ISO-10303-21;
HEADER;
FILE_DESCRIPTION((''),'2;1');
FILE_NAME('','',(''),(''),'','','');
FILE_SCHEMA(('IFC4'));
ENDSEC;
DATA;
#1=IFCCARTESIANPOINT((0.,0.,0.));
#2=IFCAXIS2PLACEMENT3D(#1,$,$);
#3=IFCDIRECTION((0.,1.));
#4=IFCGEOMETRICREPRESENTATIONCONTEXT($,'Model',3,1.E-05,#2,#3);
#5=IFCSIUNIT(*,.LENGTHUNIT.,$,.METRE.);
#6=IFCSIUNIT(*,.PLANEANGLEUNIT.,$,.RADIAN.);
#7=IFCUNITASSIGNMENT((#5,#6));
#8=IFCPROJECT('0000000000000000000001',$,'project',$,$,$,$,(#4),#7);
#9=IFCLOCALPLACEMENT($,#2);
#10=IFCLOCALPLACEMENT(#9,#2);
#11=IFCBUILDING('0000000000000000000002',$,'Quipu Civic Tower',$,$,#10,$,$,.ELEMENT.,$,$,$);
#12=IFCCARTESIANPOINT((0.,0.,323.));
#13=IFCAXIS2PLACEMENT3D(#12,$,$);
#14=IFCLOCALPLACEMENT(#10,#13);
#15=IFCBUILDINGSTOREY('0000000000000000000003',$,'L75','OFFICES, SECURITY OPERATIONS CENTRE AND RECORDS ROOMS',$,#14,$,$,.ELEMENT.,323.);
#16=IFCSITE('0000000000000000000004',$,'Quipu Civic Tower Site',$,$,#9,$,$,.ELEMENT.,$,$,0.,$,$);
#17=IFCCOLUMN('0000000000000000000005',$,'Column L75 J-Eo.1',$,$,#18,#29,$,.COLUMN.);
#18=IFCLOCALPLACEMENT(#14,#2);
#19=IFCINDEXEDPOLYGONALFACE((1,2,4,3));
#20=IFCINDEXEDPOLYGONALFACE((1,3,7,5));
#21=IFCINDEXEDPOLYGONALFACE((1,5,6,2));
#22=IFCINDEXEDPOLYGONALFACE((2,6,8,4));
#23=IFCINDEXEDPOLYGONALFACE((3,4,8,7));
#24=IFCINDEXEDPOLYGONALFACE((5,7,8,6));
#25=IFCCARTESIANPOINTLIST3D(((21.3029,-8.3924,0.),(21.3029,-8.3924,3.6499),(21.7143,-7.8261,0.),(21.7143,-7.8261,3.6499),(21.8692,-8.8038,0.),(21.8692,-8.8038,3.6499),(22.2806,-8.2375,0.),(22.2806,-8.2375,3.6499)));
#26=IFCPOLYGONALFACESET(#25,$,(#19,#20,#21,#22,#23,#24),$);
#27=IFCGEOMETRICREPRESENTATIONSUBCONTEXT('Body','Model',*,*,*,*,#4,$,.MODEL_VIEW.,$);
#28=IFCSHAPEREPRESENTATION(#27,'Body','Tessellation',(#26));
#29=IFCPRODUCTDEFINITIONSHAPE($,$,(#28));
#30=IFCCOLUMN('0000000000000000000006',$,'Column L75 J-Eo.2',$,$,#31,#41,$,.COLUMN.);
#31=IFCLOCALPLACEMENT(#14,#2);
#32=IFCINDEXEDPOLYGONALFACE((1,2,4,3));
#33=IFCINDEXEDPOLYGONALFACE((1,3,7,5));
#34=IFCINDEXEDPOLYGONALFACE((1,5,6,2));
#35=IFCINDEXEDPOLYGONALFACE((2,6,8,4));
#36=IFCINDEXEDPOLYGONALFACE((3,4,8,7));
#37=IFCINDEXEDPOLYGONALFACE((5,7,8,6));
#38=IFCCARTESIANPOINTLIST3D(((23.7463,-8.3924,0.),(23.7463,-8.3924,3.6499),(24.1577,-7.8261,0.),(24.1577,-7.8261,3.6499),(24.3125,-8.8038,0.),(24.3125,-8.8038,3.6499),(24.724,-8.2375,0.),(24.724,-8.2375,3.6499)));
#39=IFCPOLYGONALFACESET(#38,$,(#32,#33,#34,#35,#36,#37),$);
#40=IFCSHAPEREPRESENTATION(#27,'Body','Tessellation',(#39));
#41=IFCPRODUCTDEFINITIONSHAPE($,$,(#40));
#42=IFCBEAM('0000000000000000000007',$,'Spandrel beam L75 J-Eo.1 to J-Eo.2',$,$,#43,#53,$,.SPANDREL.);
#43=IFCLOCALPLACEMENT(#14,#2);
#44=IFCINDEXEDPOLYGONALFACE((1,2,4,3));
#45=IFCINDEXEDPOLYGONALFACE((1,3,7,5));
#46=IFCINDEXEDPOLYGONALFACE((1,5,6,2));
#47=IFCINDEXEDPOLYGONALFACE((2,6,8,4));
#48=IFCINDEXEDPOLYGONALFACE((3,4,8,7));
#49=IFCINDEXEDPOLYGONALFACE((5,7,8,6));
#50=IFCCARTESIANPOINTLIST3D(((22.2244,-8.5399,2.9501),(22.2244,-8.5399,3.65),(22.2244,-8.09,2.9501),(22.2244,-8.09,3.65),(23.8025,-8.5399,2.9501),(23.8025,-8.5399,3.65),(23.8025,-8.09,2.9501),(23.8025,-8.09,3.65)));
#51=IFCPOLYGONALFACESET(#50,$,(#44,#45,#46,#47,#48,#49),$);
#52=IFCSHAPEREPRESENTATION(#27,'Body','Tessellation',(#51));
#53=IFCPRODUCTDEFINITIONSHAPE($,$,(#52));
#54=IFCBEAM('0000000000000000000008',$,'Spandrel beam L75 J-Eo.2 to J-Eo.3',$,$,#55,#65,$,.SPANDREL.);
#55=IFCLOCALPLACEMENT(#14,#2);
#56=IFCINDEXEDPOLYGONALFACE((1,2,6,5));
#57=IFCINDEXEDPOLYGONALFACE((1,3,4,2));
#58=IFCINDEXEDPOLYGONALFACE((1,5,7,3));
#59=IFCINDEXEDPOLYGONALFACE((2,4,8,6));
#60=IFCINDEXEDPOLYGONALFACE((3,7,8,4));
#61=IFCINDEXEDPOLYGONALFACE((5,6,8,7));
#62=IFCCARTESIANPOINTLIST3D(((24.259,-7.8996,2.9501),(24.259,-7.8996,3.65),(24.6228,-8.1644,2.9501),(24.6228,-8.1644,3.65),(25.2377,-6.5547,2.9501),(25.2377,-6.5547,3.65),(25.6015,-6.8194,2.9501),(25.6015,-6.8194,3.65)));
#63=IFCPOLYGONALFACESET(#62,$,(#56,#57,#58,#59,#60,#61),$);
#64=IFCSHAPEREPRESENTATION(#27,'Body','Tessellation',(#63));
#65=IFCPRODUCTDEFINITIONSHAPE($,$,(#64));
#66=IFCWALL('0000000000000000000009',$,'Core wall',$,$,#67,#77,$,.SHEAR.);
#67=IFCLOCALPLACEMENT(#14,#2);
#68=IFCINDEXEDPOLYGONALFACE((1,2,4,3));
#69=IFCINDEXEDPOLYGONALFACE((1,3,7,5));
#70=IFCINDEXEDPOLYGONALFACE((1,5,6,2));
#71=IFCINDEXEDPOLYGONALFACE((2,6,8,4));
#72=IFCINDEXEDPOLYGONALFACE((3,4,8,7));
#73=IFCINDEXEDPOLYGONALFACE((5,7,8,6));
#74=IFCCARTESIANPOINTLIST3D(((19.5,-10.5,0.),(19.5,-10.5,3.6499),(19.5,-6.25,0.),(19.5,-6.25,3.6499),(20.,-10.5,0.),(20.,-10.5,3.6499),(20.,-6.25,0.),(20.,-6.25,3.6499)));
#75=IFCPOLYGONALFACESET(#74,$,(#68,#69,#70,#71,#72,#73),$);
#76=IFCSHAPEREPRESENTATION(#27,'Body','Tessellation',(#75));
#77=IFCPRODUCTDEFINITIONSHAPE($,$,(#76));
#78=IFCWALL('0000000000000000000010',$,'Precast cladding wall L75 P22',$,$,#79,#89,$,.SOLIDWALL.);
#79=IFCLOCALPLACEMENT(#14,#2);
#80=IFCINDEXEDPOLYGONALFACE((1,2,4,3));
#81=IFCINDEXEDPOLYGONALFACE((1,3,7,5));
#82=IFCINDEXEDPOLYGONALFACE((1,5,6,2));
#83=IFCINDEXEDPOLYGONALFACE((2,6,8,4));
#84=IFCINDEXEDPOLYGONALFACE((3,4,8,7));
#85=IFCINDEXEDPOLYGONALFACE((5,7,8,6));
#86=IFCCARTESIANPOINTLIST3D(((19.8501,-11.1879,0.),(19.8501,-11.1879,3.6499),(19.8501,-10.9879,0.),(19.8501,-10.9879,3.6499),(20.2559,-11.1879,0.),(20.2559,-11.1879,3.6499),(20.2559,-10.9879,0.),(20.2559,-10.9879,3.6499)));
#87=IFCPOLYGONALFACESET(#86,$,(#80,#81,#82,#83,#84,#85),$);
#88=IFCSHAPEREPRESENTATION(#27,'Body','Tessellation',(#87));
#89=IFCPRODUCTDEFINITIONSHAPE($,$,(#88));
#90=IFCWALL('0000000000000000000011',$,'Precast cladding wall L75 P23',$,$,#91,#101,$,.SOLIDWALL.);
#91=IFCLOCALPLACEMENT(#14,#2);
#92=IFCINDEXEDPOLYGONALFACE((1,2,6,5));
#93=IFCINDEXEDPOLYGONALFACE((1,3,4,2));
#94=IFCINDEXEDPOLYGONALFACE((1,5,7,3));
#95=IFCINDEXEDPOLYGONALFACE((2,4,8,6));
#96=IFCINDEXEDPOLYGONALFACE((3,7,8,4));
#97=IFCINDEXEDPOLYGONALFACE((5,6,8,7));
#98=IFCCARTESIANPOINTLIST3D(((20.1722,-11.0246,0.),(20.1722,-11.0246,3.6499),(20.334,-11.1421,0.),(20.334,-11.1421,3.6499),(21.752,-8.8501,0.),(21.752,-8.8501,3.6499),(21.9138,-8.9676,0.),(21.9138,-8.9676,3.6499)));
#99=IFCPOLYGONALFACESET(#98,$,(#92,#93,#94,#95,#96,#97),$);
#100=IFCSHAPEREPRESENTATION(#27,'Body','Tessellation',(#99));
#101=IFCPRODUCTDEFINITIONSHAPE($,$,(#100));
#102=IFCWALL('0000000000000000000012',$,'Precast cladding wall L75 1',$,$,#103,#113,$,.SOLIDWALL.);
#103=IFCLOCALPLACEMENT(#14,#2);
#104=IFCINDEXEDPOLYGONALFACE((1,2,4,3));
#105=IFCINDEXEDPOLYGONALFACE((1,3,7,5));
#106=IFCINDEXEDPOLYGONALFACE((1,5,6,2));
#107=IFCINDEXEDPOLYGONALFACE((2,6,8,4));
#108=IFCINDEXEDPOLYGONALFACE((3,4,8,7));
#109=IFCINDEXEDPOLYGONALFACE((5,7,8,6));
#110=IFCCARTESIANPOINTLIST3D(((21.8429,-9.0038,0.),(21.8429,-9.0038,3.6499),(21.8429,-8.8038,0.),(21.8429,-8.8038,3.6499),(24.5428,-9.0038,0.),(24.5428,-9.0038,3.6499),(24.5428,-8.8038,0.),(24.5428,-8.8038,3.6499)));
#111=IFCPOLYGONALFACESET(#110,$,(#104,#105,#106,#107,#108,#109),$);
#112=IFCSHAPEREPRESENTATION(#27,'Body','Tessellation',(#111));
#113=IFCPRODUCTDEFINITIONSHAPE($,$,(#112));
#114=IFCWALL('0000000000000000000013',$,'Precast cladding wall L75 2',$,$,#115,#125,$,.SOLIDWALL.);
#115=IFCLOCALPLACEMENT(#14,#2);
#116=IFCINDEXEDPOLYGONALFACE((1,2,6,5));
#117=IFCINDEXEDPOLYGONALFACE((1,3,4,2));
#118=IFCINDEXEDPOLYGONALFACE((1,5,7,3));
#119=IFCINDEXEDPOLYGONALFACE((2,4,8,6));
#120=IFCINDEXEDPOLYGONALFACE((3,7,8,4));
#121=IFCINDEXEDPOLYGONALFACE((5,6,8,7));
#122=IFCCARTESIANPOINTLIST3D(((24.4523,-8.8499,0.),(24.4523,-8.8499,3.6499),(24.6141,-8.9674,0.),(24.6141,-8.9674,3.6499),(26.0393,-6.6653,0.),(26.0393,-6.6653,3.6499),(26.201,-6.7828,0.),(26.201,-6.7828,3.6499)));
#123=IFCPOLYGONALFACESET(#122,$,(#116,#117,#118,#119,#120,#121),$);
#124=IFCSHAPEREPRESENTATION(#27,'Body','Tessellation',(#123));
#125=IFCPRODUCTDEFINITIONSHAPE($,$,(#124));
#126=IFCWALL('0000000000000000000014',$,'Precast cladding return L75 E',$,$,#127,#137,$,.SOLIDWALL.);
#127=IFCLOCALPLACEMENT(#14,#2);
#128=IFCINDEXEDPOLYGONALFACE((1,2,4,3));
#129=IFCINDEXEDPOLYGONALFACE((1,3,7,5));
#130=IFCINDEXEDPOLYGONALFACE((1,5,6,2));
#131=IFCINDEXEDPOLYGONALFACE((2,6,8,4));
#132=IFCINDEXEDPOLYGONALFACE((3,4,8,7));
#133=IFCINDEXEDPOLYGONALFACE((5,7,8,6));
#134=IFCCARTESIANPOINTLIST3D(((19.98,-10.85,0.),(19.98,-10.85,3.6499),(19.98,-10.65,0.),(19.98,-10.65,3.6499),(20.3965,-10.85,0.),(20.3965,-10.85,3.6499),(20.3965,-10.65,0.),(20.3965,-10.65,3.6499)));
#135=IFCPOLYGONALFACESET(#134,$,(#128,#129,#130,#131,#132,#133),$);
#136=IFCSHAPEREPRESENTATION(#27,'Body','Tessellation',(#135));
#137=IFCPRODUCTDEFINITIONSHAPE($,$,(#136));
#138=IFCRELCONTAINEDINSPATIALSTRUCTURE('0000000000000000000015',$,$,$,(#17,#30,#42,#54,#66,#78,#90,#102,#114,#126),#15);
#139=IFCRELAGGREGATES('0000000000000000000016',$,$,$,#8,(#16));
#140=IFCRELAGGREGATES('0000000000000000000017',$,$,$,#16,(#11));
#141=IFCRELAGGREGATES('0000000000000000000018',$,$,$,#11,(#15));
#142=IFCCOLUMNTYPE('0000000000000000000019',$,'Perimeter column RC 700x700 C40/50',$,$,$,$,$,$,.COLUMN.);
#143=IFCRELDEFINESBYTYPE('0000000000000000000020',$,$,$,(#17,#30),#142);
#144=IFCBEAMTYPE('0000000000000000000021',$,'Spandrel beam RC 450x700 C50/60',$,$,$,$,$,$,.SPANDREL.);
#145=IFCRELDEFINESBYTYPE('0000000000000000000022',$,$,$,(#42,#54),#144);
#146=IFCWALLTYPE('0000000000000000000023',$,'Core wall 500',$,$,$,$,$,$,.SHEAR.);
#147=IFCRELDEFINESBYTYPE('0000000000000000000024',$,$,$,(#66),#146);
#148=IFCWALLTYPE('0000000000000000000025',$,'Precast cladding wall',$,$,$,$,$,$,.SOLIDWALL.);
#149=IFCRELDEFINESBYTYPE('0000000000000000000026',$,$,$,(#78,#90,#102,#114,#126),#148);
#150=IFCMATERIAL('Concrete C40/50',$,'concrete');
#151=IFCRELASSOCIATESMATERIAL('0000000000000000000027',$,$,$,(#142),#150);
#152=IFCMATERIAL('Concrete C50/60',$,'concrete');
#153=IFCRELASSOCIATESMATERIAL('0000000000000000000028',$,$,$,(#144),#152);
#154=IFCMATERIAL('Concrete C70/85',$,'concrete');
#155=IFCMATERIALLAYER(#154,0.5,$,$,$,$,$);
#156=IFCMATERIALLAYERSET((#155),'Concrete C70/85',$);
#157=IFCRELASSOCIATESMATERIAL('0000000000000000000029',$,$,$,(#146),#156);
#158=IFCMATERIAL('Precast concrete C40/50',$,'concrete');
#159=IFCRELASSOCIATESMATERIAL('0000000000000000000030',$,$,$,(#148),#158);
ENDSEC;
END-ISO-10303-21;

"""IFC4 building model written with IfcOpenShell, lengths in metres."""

from ifc_helpers import new_model, si_unit, direction, frame, frame_2d, origin, origin_2d, place, context, subcontext, project, spatial, rectangle, extrude, material, layer, layer_set, material_profile, profile_set, type_object, element, save


model = new_model("IFC4")

# Units and contexts
model_context = context("Model", 3, precision=1e-05, world=origin(), true_north=direction((0.0, 1.0)))
body_context = subcontext(model_context, "Body", "Model", "MODEL_VIEW")
ifc_project = project(units=[si_unit("LENGTHUNIT", "METRE"), si_unit("PLANEANGLEUNIT", "RADIAN")], contexts=[model_context])

# Site, building, storey
site_placement = place(None, origin())
site = spatial("IfcSite", under=ifc_project, at=site_placement, Name="Quipu Civic Tower Site", CompositionType="ELEMENT", RefElevation=0.0)
building_placement = place(site_placement, origin())
building = spatial("IfcBuilding", under=site, at=building_placement, Name="Quipu Civic Tower", CompositionType="ELEMENT")
storey_placement = place(building_placement, frame((0.0, 0.0, 323.0)))
storey = spatial("IfcBuildingStorey", under=building, at=storey_placement, Name="L75", Description="OFFICES, SECURITY OPERATIONS CENTRE AND RECORDS ROOMS", CompositionType="ELEMENT", Elevation=323.0)

# Columns
ifc_material_1 = material(Name="Concrete C40/50", Category="concrete")
ifc_material_profile_1 = material_profile(ifc_material_1, rectangle(XDim=0.7, YDim=0.7, at=origin_2d()), Name="RC700x700")
ifc_profile_set_1 = profile_set([ifc_material_profile_1], Name="Concrete C40/50")
column_type = type_object("IfcColumnType", Name="Perimeter column RC 700x700 C40/50", PredefinedType="COLUMN", material=ifc_profile_set_1)
for number, where, z_axis, x_axis, name in (
    (1, (21.7917, -8.3149, 0.0), (0.0, 0.0, 1.0), (0.587785, 0.809017, 0.0), "Column L75 J-Eo.1"),
    (2, (24.2351, -8.3149, 0.0), (0.0, 0.0, 1.0), (0.587785, 0.809017, 0.0), "Column L75 J-Eo.2"),
):
    element("IfcColumn", number, at=place(storey_placement, frame(where, z_axis=z_axis, x_axis=x_axis)), inside=storey, type_object=column_type, Name=name, PredefinedType="COLUMN", context=body_context, shape_type="SweptSolid", body=[
        extrude(rectangle(XDim=0.7, YDim=0.7, at=origin_2d()), origin(), (0.0, 0.0, 1.0), 3.6499),
    ])

# Beams
ifc_material_2 = material(Name="Concrete C50/60", Category="concrete")
ifc_material_profile_2 = material_profile(ifc_material_2, rectangle(XDim=0.45, YDim=0.7, at=origin_2d()), Name="RC450x700")
ifc_profile_set_2 = profile_set([ifc_material_profile_2], Name="Concrete C50/60")
beam_type = type_object("IfcBeamType", Name="Spandrel beam RC 450x700 C50/60", PredefinedType="SPANDREL", material=ifc_profile_set_2)
beam_1_placement = place(storey_placement, frame((22.2244, -8.3149, 3.3), z_axis=(1.0, 0.0, 0.0), x_axis=(0.0, 1.0, 0.0)))
element("IfcBeam", 3, at=beam_1_placement, inside=storey, type_object=beam_type, Name="Spandrel beam L75 J-Eo.1 to J-Eo.2", PredefinedType="SPANDREL", context=body_context, shape_type="SweptSolid", body=[
    extrude(rectangle(XDim=0.45, YDim=0.7, at=origin_2d()), origin(), (0.0, 0.0, 1.0), 1.5781),
])
beam_2_placement = place(storey_placement, frame((24.4409, -8.032, 3.3), z_axis=(0.588407, 0.808565, 0.0), x_axis=(-0.808565, 0.588407, 0.0)))
element("IfcBeam", 4, at=beam_2_placement, inside=storey, type_object=beam_type, Name="Spandrel beam L75 J-Eo.2 to J-Eo.3", PredefinedType="SPANDREL", context=body_context, shape_type="SweptSolid", body=[
    extrude(rectangle(XDim=0.45, YDim=0.7, at=origin_2d()), origin(), (0.0, 0.0, 1.0), 1.6633),
])

# Walls
ifc_material_3 = material(Name="Concrete C70/85", Category="concrete")
ifc_layer = layer(ifc_material_3, 0.5)
ifc_layer_set = layer_set([ifc_layer], Name="Concrete C70/85")
wall_type_1 = type_object("IfcWallType", Name="Core wall 500", PredefinedType="SHEAR", material=ifc_layer_set)
wall_1_placement = place(storey_placement, frame((19.75, -10.5, 0.0), z_axis=(0.0, 0.0, 1.0), x_axis=(0.0, 1.0, 0.0)))
element("IfcWall", 5, at=wall_1_placement, inside=storey, type_object=wall_type_1, Name="Core wall", PredefinedType="SHEAR", context=body_context, shape_type="SweptSolid", body=[
    extrude(rectangle(XDim=4.25, YDim=0.5, at=frame_2d((2.125, 0.0))), origin(), (0.0, 0.0, 1.0), 3.6499),
])
ifc_material_4 = material(Name="Precast concrete C40/50", Category="concrete")
wall_type_2 = type_object("IfcWallType", Name="Precast cladding wall", PredefinedType="SOLIDWALL", material=ifc_material_4)
wall_2_placement = place(storey_placement, frame((19.8501, -11.0879, 0.0), z_axis=(0.0, 0.0, 1.0), x_axis=(1.0, 0.0, 0.0)))
element("IfcWall", 6, at=wall_2_placement, inside=storey, type_object=wall_type_2, Name="Precast cladding wall L75 P22", PredefinedType="SOLIDWALL", context=body_context, shape_type="SweptSolid", body=[
    extrude(rectangle(XDim=0.4058, YDim=0.2, at=frame_2d((0.2029, 0.0))), origin(), (0.0, 0.0, 1.0), 3.6499),
])
wall_3_placement = place(storey_placement, frame((20.2532, -11.0833, 0.0), z_axis=(0.0, 0.0, 1.0), x_axis=(0.587767, 0.809031, 0.0)))
element("IfcWall", 7, at=wall_3_placement, inside=storey, type_object=wall_type_2, Name="Precast cladding wall L75 P23", PredefinedType="SOLIDWALL", context=body_context, shape_type="SweptSolid", body=[
    extrude(rectangle(XDim=2.6877, YDim=0.2, at=frame_2d((1.3438, 0.0))), origin(), (0.0, 0.0, 1.0), 3.6499),
])
wall_4_placement = place(storey_placement, frame((21.8428, -8.9038, 0.0), z_axis=(0.0, 0.0, 1.0), x_axis=(1.0, 0.0, 0.0)))
element("IfcWall", 8, at=wall_4_placement, inside=storey, type_object=wall_type_2, Name="Precast cladding wall L75 1", PredefinedType="SOLIDWALL", context=body_context, shape_type="SweptSolid", body=[
    extrude(rectangle(XDim=2.7, YDim=0.2, at=frame_2d((1.3501, 0.0))), origin(), (0.0, 0.0, 1.0), 3.6499),
])
wall_5_placement = place(storey_placement, frame((24.5332, -8.9087, 0.0), z_axis=(0.0, 0.0, 1.0), x_axis=(0.58772, 0.809064, 0.0)))
element("IfcWall", 9, at=wall_5_placement, inside=storey, type_object=wall_type_2, Name="Precast cladding wall L75 2", PredefinedType="SOLIDWALL", context=body_context, shape_type="SweptSolid", body=[
    extrude(rectangle(XDim=2.7002, YDim=0.2, at=frame_2d((1.3501, 0.0))), origin(), (0.0, 0.0, 1.0), 3.6499),
])
wall_6_placement = place(storey_placement, frame((19.98, -10.75, 0.0), z_axis=(0.0, 0.0, 1.0), x_axis=(1.0, 0.0, 0.0)))
element("IfcWall", 10, at=wall_6_placement, inside=storey, type_object=wall_type_2, Name="Precast cladding return L75 E", PredefinedType="SOLIDWALL", context=body_context, shape_type="SweptSolid", body=[
    extrude(rectangle(XDim=0.4165, YDim=0.2, at=frame_2d((0.2083, 0.0))), origin(), (0.0, 0.0, 1.0), 3.6499),
])

save(model, "model.ifc")
